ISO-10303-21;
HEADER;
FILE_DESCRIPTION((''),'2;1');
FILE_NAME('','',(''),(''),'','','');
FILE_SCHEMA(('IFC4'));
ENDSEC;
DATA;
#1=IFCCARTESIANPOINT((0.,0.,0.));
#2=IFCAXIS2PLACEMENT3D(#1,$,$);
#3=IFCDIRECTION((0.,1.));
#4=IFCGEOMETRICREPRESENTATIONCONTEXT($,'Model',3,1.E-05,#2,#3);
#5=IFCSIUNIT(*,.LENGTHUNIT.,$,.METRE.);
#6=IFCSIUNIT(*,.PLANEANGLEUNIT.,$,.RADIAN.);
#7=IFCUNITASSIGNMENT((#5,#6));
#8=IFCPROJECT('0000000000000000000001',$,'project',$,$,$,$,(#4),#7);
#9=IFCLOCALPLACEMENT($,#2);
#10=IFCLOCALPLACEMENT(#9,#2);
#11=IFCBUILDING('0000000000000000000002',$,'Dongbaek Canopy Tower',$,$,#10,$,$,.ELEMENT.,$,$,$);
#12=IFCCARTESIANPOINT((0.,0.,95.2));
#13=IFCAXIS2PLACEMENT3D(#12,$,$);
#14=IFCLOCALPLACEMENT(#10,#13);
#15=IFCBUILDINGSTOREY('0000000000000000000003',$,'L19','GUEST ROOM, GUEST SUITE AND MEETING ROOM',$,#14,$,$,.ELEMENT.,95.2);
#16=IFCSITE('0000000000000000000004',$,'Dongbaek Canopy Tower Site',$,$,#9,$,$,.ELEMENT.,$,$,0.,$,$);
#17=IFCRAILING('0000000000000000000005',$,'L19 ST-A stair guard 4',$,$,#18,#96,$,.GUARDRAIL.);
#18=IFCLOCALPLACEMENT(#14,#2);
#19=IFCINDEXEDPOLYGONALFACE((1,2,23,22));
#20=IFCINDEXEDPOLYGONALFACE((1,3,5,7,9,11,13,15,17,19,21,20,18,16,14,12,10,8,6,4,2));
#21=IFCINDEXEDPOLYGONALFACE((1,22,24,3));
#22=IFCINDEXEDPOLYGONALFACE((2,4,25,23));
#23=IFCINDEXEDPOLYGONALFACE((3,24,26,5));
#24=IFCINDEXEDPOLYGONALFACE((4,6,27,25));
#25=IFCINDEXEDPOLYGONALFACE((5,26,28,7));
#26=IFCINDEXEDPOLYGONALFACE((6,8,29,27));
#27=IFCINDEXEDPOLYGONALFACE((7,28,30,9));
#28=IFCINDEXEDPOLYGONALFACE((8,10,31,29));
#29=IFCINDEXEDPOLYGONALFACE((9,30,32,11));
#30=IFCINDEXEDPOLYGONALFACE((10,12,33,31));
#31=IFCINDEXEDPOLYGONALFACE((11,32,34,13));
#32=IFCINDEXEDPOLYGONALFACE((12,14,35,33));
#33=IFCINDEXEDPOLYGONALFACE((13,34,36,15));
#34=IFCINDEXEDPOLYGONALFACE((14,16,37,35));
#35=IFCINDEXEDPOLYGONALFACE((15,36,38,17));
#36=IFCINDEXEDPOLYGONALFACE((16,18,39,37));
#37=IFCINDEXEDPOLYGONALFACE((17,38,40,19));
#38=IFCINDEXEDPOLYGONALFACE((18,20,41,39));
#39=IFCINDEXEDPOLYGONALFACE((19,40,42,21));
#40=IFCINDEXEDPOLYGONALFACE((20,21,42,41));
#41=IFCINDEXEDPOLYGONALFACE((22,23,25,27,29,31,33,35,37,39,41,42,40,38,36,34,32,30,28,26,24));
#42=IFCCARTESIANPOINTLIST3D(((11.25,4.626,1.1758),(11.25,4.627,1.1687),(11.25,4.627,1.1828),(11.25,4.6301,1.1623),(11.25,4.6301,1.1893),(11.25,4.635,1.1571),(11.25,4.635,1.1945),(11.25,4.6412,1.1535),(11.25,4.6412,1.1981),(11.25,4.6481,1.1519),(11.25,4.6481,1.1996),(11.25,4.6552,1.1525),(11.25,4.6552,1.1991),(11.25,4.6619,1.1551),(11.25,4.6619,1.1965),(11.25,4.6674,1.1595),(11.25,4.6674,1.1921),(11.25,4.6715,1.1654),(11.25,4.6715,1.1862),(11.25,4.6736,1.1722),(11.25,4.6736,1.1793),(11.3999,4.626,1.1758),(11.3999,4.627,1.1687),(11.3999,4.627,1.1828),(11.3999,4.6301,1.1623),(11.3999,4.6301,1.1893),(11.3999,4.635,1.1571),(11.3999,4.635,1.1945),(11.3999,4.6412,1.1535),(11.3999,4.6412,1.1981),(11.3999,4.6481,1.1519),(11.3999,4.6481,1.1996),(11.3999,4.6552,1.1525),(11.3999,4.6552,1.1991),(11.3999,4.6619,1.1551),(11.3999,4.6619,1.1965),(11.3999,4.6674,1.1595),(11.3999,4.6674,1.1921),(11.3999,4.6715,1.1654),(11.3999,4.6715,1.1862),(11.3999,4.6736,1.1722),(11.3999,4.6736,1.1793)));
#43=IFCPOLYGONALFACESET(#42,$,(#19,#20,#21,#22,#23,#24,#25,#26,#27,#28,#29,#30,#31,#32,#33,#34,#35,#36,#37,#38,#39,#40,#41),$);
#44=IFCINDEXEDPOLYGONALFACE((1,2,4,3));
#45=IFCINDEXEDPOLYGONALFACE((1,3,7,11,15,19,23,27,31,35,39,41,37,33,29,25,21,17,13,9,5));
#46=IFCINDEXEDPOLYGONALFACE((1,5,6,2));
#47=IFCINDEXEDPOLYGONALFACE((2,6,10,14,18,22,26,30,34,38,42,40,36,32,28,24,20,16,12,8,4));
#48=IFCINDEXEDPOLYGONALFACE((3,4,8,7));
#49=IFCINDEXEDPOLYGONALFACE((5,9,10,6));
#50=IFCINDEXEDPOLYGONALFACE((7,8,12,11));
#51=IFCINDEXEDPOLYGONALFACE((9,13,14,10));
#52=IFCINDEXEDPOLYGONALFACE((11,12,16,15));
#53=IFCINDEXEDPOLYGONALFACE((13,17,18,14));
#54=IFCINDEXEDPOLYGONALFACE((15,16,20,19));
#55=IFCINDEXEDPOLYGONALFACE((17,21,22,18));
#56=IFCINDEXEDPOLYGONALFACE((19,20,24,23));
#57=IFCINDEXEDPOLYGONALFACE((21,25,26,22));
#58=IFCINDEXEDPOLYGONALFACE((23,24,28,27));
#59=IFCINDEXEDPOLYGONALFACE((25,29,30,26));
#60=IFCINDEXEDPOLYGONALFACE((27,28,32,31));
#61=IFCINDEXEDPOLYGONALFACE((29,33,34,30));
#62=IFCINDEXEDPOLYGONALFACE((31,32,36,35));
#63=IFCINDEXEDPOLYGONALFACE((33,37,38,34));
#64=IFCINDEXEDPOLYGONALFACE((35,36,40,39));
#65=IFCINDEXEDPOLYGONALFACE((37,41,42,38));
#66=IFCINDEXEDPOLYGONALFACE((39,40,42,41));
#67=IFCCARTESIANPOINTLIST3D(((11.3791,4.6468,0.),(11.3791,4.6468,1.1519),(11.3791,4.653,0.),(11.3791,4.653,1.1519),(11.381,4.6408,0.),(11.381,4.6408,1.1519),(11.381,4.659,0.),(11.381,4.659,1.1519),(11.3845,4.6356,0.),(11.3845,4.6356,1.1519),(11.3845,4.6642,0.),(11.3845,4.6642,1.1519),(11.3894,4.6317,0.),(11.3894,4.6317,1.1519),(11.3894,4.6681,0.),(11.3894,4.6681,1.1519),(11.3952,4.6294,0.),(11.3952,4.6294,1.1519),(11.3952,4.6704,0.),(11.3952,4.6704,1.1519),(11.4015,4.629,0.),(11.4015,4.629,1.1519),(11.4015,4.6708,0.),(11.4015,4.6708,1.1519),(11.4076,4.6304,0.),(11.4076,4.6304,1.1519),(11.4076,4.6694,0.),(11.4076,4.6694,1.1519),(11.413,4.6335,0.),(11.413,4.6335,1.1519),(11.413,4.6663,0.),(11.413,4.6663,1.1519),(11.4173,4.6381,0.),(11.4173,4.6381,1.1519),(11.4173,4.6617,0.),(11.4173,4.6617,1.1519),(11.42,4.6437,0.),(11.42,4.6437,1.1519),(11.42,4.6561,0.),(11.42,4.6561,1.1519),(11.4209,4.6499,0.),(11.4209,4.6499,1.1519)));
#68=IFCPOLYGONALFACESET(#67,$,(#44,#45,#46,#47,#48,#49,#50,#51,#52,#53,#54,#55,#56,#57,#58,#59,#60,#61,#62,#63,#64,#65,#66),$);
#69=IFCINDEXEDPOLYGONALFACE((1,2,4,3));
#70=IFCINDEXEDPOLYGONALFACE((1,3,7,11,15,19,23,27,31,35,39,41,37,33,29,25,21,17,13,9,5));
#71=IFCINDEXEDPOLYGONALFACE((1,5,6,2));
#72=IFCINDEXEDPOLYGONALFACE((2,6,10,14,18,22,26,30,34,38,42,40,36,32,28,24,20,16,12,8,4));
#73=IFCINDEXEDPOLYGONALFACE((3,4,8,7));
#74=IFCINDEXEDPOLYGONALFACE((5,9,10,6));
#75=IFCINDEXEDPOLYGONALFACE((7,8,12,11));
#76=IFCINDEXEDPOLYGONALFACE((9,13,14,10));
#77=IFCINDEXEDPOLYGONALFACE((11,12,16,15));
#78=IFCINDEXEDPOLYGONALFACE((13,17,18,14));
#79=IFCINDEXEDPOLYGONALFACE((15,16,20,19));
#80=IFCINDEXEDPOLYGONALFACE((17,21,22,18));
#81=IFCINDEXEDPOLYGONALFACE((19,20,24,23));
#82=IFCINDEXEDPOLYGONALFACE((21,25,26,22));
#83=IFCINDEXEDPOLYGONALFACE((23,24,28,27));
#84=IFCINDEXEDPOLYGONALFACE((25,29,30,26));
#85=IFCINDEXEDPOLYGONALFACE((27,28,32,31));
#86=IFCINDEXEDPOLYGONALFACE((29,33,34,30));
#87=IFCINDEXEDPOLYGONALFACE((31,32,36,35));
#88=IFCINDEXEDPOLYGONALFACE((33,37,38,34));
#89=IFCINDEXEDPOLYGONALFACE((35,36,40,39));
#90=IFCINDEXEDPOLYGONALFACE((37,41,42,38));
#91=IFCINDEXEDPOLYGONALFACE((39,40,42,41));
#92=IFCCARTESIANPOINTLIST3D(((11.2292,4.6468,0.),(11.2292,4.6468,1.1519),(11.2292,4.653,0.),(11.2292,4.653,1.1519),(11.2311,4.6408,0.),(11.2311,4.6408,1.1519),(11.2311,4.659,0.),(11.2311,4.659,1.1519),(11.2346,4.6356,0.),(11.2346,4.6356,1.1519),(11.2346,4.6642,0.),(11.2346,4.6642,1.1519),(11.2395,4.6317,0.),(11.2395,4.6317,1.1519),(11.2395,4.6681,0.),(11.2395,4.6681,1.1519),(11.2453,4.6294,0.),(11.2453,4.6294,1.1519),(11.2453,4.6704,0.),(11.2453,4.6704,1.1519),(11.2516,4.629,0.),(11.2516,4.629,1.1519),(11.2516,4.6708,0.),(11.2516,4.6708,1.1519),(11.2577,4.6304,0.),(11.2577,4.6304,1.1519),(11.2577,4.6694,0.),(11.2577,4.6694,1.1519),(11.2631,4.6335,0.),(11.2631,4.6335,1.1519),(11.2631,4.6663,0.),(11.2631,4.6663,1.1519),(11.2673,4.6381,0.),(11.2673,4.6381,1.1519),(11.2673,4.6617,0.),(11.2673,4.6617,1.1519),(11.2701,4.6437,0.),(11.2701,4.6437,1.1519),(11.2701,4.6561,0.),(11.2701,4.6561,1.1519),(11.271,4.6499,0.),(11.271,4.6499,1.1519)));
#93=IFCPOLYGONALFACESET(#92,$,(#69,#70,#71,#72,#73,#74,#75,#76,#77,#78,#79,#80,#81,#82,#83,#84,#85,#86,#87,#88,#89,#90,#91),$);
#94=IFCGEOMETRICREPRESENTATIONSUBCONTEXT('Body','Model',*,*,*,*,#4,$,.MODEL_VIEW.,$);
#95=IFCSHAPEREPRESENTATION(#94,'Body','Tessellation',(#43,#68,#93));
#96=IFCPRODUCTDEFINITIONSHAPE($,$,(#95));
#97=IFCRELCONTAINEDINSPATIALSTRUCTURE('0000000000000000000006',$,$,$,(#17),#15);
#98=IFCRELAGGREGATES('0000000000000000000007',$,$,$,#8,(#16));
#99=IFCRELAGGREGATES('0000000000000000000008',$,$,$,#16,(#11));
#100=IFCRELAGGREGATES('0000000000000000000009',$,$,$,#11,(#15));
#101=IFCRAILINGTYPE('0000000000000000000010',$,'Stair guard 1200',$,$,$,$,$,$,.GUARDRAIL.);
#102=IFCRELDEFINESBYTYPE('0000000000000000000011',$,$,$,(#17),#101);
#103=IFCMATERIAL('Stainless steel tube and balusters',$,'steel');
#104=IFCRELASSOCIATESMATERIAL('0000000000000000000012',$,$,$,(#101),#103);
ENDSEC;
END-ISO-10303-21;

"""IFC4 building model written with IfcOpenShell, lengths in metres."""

from ifc_helpers import new_model, si_unit, direction, frame, origin, origin_2d, place, context, subcontext, project, spatial, circle, extrude, material, type_object, element, save


model = new_model("IFC4")

# Units and contexts
model_context = context("Model", 3, precision=1e-05, world=origin(), true_north=direction((0.0, 1.0)))
body_context = subcontext(model_context, "Body", "Model", "MODEL_VIEW")
ifc_project = project(units=[si_unit("LENGTHUNIT", "METRE"), si_unit("PLANEANGLEUNIT", "RADIAN")], contexts=[model_context])

# Site, building, storey
site_placement = place(None, origin())
site = spatial("IfcSite", under=ifc_project, at=site_placement, Name="Dongbaek Canopy Tower Site", CompositionType="ELEMENT", RefElevation=0.0)
building_placement = place(site_placement, origin())
building = spatial("IfcBuilding", under=site, at=building_placement, Name="Dongbaek Canopy Tower", CompositionType="ELEMENT")
storey_placement = place(building_placement, frame((0.0, 0.0, 95.2)))
storey = spatial("IfcBuildingStorey", under=building, at=storey_placement, Name="L19", Description="GUEST ROOM, GUEST SUITE AND MEETING ROOM", CompositionType="ELEMENT", Elevation=95.2)

# Railing
ifc_material_1 = material(Name="Stainless steel tube and balusters", Category="steel")
railing_type_1 = type_object("IfcRailingType", Name="Stair guard 1200", PredefinedType="GUARDRAIL", material=ifc_material_1)
railing_1_placement = place(storey_placement, frame((11.3999, 4.6499, 0.0)))
element("IfcRailing", 1, at=railing_1_placement, inside=storey, type_object=railing_type_1, Name="L19 ST-A stair guard 4", PredefinedType="GUARDRAIL", context=body_context, shape_type="SweptSolid", body=[
    extrude(circle(Radius=0.0239, at=origin_2d()), frame((0.0, 0.0, 1.1758), z_axis=(-1.0, 0.0, 0.0), x_axis=(0.0, -1.0, 0.0)), (0.0, 0.0, 1.0), 0.1499),
    extrude(circle(Radius=0.021, at=origin_2d()), origin(), (0.0, 0.0, 1.0), 1.1519),
    extrude(circle(Radius=0.021, at=origin_2d()), frame((-0.1499, 0.0, 0.0)), (0.0, 0.0, 1.0), 1.1519),
])

save(model, "model.ifc")
